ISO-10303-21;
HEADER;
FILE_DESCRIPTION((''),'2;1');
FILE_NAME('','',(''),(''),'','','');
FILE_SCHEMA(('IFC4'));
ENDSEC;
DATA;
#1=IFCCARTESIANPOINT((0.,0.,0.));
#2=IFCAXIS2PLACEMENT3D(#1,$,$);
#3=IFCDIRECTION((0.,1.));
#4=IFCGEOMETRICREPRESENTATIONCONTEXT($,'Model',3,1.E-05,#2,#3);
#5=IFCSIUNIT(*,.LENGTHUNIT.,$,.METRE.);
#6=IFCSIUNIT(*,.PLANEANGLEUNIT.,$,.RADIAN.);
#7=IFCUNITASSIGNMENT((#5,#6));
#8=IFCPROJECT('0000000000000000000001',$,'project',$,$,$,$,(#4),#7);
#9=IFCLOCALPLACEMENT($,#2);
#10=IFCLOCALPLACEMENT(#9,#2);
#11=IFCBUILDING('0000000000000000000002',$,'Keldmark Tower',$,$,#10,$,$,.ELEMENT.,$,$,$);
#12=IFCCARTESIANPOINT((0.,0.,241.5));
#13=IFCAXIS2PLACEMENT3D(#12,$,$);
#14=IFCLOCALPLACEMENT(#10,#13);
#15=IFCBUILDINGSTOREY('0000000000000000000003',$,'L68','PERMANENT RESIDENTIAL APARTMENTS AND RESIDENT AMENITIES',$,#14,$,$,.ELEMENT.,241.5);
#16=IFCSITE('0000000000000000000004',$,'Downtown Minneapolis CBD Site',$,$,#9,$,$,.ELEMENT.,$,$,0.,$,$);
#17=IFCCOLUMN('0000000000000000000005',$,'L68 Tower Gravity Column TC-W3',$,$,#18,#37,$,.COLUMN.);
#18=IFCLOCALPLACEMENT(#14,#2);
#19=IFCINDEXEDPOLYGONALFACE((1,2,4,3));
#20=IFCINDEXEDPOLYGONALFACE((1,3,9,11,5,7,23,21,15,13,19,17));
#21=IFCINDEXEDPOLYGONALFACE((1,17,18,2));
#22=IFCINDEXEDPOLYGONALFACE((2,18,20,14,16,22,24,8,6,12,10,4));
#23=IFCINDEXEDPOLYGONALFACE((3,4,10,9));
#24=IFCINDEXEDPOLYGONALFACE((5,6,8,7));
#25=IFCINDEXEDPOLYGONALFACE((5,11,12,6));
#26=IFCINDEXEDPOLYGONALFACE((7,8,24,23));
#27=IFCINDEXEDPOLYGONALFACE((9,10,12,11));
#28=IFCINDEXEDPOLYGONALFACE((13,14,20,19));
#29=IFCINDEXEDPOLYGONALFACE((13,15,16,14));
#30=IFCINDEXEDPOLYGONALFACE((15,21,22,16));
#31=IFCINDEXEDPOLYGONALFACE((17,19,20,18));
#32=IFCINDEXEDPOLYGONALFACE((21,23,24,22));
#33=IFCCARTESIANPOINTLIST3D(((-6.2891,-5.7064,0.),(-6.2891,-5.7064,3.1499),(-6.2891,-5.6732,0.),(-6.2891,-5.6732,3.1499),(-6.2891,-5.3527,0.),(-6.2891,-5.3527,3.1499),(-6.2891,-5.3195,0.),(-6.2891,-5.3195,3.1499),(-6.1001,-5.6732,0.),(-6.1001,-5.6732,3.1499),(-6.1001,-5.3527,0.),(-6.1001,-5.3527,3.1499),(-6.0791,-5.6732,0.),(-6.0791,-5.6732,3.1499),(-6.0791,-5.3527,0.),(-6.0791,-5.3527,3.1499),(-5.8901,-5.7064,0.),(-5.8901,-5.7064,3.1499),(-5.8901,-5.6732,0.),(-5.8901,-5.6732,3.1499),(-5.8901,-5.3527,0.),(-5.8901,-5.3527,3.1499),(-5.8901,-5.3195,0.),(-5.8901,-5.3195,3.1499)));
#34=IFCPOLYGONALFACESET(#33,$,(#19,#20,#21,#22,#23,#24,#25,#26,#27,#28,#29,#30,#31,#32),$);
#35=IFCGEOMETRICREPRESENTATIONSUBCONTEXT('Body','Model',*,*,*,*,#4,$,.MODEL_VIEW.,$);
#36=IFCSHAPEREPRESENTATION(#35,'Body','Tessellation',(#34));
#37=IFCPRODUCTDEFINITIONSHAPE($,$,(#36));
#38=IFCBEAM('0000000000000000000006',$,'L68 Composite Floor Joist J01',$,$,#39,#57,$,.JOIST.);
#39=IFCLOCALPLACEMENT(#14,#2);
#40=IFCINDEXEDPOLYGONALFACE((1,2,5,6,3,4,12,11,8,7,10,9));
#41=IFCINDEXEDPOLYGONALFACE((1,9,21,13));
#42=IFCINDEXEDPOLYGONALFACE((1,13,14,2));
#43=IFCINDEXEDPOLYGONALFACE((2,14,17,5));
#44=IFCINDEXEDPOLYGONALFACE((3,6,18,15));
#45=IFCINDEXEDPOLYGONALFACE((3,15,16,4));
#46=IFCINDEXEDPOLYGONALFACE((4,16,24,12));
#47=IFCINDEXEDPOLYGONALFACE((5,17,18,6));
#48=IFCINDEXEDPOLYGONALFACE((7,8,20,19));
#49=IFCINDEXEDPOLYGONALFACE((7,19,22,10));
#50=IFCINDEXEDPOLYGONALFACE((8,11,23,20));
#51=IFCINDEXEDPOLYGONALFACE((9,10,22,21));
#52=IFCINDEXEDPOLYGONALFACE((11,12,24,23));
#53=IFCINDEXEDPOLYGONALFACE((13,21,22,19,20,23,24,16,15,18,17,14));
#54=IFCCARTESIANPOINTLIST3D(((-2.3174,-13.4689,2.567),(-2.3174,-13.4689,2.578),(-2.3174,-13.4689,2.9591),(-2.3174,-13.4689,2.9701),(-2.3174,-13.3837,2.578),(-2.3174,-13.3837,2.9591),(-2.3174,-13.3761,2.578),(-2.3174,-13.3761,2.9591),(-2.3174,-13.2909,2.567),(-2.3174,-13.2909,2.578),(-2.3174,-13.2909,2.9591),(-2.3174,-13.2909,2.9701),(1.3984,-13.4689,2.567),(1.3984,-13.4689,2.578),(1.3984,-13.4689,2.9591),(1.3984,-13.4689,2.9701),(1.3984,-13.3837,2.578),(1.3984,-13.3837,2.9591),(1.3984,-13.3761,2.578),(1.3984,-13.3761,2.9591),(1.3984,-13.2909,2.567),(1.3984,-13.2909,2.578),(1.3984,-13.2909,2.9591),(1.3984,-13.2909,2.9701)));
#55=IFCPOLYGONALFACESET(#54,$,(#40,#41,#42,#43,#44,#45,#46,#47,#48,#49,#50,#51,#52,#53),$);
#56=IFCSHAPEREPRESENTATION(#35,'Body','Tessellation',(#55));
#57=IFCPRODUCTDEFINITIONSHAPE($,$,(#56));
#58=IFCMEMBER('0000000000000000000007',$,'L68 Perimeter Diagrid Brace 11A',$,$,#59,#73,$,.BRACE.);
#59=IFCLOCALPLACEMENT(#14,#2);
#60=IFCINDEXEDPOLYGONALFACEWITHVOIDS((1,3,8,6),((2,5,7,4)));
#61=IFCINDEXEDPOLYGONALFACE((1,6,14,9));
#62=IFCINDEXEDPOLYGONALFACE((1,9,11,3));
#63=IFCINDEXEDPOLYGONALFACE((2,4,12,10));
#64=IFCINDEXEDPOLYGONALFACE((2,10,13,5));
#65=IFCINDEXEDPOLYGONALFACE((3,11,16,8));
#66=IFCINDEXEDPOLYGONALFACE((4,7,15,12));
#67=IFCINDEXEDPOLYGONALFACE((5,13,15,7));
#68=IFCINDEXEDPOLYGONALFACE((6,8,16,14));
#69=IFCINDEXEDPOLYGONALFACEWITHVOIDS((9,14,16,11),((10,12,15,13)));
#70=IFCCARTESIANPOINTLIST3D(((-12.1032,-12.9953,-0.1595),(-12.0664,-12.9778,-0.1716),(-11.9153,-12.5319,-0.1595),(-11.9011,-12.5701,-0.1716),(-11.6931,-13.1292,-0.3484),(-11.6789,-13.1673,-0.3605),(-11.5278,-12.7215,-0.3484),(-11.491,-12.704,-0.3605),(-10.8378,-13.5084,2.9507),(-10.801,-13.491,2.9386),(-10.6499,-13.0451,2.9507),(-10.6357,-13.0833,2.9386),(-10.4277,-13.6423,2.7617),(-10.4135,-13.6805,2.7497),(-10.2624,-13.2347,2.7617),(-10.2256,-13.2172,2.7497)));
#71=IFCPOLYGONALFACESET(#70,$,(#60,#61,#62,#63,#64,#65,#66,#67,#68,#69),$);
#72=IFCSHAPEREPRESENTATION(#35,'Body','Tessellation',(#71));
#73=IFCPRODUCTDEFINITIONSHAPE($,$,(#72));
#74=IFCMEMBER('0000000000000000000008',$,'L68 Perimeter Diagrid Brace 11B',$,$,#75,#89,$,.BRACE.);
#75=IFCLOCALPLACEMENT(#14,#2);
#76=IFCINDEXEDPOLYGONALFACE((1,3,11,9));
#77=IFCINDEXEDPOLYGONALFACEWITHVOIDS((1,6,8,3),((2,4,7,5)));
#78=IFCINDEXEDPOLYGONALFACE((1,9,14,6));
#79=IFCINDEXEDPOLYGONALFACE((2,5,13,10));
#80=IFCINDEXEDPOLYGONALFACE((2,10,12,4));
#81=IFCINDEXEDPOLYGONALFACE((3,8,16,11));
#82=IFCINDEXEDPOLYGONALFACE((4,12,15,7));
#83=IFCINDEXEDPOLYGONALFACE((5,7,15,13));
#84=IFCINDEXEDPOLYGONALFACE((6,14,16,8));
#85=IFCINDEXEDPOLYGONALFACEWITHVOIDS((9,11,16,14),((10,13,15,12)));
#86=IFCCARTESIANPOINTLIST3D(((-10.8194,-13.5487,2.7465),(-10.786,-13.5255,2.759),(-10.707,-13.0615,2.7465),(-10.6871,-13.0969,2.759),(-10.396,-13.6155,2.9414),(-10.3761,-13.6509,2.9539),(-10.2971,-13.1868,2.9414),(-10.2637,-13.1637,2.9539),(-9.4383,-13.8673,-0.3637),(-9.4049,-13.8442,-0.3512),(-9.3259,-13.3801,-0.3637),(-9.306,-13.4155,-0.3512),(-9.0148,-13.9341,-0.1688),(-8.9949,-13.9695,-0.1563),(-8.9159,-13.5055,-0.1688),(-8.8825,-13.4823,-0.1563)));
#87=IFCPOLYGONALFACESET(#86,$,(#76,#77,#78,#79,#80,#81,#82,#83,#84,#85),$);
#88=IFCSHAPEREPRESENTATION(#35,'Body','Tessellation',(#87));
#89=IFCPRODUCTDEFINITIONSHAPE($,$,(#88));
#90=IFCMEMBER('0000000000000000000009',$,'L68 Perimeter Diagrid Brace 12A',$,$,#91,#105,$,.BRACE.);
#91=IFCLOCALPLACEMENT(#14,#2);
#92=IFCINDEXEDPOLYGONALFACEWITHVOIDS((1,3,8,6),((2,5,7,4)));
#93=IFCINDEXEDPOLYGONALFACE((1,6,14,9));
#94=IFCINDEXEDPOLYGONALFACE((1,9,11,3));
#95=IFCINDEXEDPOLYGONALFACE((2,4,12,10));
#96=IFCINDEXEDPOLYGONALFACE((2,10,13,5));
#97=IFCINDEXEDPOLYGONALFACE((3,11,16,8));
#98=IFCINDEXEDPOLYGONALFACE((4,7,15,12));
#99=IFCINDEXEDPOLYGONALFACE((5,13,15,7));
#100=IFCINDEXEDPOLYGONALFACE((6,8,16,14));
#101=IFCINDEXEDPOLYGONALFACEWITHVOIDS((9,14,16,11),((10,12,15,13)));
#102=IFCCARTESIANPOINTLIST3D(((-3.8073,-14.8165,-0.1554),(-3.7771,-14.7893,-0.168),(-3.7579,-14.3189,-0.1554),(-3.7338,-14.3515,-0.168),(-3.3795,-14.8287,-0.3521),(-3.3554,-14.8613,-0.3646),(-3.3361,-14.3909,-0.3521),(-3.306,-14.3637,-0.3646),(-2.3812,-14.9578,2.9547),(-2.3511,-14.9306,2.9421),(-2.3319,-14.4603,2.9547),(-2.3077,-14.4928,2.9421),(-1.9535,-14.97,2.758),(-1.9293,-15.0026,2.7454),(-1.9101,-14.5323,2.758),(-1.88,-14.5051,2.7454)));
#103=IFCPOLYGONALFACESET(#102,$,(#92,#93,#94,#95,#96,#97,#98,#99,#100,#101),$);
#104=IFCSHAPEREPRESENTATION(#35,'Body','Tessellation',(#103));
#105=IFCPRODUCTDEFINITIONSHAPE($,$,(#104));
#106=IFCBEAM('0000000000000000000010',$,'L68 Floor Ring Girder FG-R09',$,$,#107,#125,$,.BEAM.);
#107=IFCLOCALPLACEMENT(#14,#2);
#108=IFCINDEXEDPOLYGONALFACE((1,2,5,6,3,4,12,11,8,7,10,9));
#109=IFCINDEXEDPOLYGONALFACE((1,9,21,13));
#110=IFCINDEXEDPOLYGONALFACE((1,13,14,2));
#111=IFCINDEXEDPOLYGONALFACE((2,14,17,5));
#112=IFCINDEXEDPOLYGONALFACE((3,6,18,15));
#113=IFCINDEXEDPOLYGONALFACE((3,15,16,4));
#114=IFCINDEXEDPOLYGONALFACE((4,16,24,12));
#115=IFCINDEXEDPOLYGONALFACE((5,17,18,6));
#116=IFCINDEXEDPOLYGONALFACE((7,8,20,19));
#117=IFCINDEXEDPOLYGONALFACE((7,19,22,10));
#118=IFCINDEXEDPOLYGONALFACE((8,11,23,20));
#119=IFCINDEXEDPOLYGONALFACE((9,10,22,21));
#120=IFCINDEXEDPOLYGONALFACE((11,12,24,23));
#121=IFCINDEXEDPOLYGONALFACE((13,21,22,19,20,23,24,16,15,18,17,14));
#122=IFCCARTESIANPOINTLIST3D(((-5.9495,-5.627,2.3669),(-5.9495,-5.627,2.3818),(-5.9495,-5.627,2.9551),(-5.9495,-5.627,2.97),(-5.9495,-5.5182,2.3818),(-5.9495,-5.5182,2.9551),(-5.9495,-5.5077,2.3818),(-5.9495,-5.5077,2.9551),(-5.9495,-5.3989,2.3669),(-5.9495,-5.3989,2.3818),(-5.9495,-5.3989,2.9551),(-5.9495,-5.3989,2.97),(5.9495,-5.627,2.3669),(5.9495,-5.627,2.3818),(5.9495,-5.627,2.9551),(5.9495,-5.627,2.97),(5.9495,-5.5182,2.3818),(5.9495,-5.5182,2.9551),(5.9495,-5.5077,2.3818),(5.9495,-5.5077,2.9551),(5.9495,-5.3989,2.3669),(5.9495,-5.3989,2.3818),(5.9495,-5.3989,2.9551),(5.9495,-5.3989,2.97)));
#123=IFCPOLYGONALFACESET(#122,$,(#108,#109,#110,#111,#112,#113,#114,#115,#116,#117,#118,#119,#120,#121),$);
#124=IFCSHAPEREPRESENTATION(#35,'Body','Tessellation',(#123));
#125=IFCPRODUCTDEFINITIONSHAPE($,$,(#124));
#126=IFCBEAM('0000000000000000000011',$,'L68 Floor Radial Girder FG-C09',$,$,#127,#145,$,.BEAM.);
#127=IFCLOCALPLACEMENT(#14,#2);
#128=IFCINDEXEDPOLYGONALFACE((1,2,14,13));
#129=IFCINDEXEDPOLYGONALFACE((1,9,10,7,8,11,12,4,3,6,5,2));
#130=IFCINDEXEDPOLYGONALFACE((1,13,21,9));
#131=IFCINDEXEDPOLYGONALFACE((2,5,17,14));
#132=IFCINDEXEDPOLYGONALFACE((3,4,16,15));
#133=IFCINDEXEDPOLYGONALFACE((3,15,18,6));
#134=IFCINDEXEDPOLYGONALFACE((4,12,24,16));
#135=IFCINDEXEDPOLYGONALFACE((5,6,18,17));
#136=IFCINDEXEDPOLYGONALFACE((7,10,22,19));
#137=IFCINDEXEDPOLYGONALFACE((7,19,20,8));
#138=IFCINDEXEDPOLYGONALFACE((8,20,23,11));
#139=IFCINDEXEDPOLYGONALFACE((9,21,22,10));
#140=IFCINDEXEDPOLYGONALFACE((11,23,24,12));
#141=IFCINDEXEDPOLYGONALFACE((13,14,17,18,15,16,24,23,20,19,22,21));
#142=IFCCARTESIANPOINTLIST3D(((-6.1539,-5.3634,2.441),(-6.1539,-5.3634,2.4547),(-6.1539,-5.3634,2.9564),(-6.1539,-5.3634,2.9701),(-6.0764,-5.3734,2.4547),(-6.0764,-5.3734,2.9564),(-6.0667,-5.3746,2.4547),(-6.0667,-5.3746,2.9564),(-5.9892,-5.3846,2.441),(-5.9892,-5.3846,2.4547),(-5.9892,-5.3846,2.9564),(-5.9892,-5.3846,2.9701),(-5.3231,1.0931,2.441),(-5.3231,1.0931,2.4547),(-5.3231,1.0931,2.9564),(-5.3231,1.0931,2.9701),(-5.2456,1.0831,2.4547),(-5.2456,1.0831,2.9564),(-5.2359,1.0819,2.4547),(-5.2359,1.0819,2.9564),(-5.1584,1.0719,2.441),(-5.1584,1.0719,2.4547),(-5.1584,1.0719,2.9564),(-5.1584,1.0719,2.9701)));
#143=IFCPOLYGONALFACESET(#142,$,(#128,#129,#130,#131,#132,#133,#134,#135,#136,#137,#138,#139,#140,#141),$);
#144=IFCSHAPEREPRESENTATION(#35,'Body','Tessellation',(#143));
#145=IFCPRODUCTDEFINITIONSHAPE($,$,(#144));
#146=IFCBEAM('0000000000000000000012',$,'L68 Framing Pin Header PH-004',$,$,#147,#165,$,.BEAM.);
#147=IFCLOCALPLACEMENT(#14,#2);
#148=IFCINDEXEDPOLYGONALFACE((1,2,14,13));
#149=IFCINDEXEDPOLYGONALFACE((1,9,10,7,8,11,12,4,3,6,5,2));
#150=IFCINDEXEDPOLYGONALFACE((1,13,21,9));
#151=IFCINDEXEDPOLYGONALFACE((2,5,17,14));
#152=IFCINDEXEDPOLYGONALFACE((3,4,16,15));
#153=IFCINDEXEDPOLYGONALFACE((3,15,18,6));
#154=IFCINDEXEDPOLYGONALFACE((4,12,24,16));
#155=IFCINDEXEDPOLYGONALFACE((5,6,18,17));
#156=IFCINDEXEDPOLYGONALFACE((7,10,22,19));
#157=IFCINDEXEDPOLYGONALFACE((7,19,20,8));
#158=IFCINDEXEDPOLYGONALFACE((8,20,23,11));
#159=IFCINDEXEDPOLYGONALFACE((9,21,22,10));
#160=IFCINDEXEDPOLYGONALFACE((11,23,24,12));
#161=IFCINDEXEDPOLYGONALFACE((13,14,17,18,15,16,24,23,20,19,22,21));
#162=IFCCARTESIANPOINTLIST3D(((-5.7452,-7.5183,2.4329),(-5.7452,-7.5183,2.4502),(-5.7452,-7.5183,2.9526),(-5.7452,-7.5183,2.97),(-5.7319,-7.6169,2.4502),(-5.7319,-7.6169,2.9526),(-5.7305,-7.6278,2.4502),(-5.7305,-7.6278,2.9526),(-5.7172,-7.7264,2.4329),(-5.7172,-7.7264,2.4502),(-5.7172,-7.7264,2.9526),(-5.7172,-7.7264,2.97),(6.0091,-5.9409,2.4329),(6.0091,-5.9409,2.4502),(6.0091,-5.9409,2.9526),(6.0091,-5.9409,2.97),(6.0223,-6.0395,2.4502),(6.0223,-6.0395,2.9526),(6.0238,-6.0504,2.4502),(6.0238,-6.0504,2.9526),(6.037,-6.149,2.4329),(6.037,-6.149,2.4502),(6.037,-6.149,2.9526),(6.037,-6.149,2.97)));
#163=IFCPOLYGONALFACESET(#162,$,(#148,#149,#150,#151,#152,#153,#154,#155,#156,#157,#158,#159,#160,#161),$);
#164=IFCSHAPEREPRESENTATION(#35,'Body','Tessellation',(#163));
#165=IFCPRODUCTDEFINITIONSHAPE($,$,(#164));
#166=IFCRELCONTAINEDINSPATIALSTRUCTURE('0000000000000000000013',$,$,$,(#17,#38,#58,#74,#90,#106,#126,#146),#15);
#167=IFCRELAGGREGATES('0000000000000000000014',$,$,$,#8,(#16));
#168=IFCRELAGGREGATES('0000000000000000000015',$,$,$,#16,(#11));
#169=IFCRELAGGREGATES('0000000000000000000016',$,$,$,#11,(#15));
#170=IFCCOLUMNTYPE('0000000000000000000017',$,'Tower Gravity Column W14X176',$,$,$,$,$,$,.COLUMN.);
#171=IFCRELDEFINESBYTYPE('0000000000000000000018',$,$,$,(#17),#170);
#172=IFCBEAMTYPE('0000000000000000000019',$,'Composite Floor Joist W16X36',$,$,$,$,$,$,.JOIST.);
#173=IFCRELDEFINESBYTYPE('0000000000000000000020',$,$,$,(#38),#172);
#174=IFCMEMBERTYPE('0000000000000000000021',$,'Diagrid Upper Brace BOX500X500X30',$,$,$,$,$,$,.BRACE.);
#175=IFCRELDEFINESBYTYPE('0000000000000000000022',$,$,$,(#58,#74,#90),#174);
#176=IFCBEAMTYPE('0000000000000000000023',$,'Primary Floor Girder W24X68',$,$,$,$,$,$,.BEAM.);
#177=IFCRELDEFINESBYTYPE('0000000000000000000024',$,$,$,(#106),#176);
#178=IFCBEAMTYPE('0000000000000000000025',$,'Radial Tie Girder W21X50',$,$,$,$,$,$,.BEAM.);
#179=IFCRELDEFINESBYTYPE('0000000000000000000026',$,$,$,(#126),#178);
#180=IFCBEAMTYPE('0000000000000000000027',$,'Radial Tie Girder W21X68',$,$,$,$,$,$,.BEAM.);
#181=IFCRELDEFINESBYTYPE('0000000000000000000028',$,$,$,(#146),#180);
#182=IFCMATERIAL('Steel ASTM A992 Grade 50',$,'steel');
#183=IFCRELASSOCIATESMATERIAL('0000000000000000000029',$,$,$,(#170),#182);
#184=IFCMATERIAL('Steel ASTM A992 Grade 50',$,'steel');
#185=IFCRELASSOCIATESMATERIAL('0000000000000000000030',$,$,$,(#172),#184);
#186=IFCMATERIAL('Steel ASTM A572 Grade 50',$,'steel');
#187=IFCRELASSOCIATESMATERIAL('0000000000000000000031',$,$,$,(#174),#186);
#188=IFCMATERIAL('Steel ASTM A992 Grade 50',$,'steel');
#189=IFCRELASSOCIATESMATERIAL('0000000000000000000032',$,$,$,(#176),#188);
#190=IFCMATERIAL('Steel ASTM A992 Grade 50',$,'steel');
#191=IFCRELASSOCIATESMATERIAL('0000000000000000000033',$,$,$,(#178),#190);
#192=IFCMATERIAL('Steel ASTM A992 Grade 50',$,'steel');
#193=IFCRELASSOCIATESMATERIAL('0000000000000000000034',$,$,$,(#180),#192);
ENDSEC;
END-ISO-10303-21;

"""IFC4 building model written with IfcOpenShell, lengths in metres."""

from ifc_helpers import new_model, si_unit, direction, frame, origin, origin_2d, place, context, subcontext, project, spatial, hollow_rectangle, i_section, extrude, material, material_profile, profile_set, type_object, element, save


model = new_model("IFC4")

# Units and contexts
model_context = context("Model", 3, precision=1e-05, world=origin(), true_north=direction((0.0, 1.0)))
body_context = subcontext(model_context, "Body", "Model", "MODEL_VIEW")
ifc_project = project(units=[si_unit("LENGTHUNIT", "METRE"), si_unit("PLANEANGLEUNIT", "RADIAN")], contexts=[model_context])

# Site, building, storey
site_placement = place(None, origin())
site = spatial("IfcSite", under=ifc_project, at=site_placement, Name="Downtown Minneapolis CBD Site", CompositionType="ELEMENT", RefElevation=0.0)
building_placement = place(site_placement, origin())
building = spatial("IfcBuilding", under=site, at=building_placement, Name="Keldmark Tower", CompositionType="ELEMENT")
storey_placement = place(building_placement, frame((0.0, 0.0, 241.5)))
storey = spatial("IfcBuildingStorey", under=building, at=storey_placement, Name="L68", Description="PERMANENT RESIDENTIAL APARTMENTS AND RESIDENT AMENITIES", CompositionType="ELEMENT", Elevation=241.5)

# Column
ifc_material_1 = material(Name="Steel ASTM A992 Grade 50", Category="steel")
ifc_material_profile_1 = material_profile(ifc_material_1, i_section(OverallWidth=0.3989, OverallDepth=0.387, WebThickness=0.021, FlangeThickness=0.0332, at=origin_2d()), Name="W14X176")
ifc_profile_set_1 = profile_set([ifc_material_profile_1], Name="Steel ASTM A992 Grade 50")
column_type = type_object("IfcColumnType", Name="Tower Gravity Column W14X176", PredefinedType="COLUMN", material=ifc_profile_set_1)
column_placement = place(storey_placement, frame((-6.0896, -5.5129, 0.0), z_axis=(0.0, 0.0, 1.0), x_axis=(1.0, 0.0, 0.0)))
element("IfcColumn", 1, at=column_placement, inside=storey, type_object=column_type, Name="L68 Tower Gravity Column TC-W3", PredefinedType="COLUMN", context=body_context, shape_type="SweptSolid", body=[
    extrude(i_section(OverallWidth=0.3989, OverallDepth=0.387, WebThickness=0.021, FlangeThickness=0.0332, at=origin_2d()), origin(), (0.0, 0.0, 1.0), 3.1499),
])

# Beam
ifc_material_2 = material(Name="Steel ASTM A992 Grade 50", Category="steel")
ifc_material_profile_2 = material_profile(ifc_material_2, i_section(OverallWidth=0.178, OverallDepth=0.4031, WebThickness=0.0076, FlangeThickness=0.011, at=origin_2d()), Name="W16X36")
ifc_profile_set_2 = profile_set([ifc_material_profile_2], Name="Steel ASTM A992 Grade 50")
beam_type_1 = type_object("IfcBeamType", Name="Composite Floor Joist W16X36", PredefinedType="JOIST", material=ifc_profile_set_2)
beam_1_placement = place(storey_placement, frame((-2.3174, -13.3799, 2.7686), z_axis=(1.0, 0.0, 0.0), x_axis=(0.0, 1.0, 0.0)))
element("IfcBeam", 2, at=beam_1_placement, inside=storey, type_object=beam_type_1, Name="L68 Composite Floor Joist J01", PredefinedType="JOIST", context=body_context, shape_type="SweptSolid", body=[
    extrude(i_section(OverallWidth=0.178, OverallDepth=0.4031, WebThickness=0.0076, FlangeThickness=0.011, at=origin_2d()), origin(), (0.0, 0.0, 1.0), 3.7158),
])

# Members
ifc_material_3 = material(Name="Steel ASTM A572 Grade 50", Category="steel")
ifc_material_profile_3 = material_profile(ifc_material_3, hollow_rectangle(XDim=0.5, YDim=0.5, WallThickness=0.03, at=origin_2d()), Name="BOX500X500X30")
ifc_profile_set_3 = profile_set([ifc_material_profile_3], Name="Steel ASTM A572 Grade 50")
member_type = type_object("IfcMemberType", Name="Diagrid Upper Brace BOX500X500X30", PredefinedType="BRACE", material=ifc_profile_set_3)
member_1_placement = place(storey_placement, frame((-11.7971, -12.8496, -0.26), z_axis=(0.372537, -0.151085, 0.915636), x_axis=(0.375825, 0.92669, 0.0)))
element("IfcMember", 3, at=member_1_placement, inside=storey, type_object=member_type, Name="L68 Perimeter Diagrid Brace 11A", PredefinedType="BRACE", context=body_context, shape_type="SweptSolid", body=[
    extrude(hollow_rectangle(XDim=0.5, YDim=0.5, WallThickness=0.03, at=origin_2d()), origin(), (0.0, 0.0, 1.0), 3.3967),
])
member_2_placement = place(storey_placement, frame((-9.1604, -13.6748, -0.26), z_axis=(-0.404085, 0.093217, 0.909959), x_axis=(-0.224784, -0.974409, 0.0)))
element("IfcMember", 4, at=member_2_placement, inside=storey, type_object=member_type, Name="L68 Perimeter Diagrid Brace 11B", PredefinedType="BRACE", context=body_context, shape_type="SweptSolid", body=[
    extrude(hollow_rectangle(XDim=0.5, YDim=0.5, WallThickness=0.03, at=origin_2d()), origin(), (0.0, 0.0, 1.0), 3.418),
])
member_3_placement = place(storey_placement, frame((-3.5566, -14.5901, -0.26), z_axis=(0.416435, -0.04128, 0.908228), x_axis=(0.098643, 0.995123, 0.0)))
element("IfcMember", 5, at=member_3_placement, inside=storey, type_object=member_type, Name="L68 Perimeter Diagrid Brace 12A", PredefinedType="BRACE", context=body_context, shape_type="SweptSolid", body=[
    extrude(hollow_rectangle(XDim=0.5, YDim=0.5, WallThickness=0.03, at=origin_2d()), origin(), (0.0, 0.0, 1.0), 3.4243),
])

# Beams
ifc_material_4 = material(Name="Steel ASTM A992 Grade 50", Category="steel")
ifc_material_profile_4 = material_profile(ifc_material_4, i_section(OverallWidth=0.228, OverallDepth=0.603, WebThickness=0.0105, FlangeThickness=0.0149, at=origin_2d()), Name="W24X68")
ifc_profile_set_4 = profile_set([ifc_material_profile_4], Name="Steel ASTM A992 Grade 50")
beam_type_2 = type_object("IfcBeamType", Name="Primary Floor Girder W24X68", PredefinedType="BEAM", material=ifc_profile_set_4)
beam_2_placement = place(storey_placement, frame((-5.9495, -5.5129, 2.6685), z_axis=(1.0, 0.0, 0.0), x_axis=(0.0, 1.0, 0.0)))
element("IfcBeam", 6, at=beam_2_placement, inside=storey, type_object=beam_type_2, Name="L68 Floor Ring Girder FG-R09", PredefinedType="BEAM", context=body_context, shape_type="SweptSolid", body=[
    extrude(i_section(OverallWidth=0.228, OverallDepth=0.603, WebThickness=0.0105, FlangeThickness=0.0149, at=origin_2d()), origin(), (0.0, 0.0, 1.0), 11.8989),
])
ifc_material_5 = material(Name="Steel ASTM A992 Grade 50", Category="steel")
ifc_material_profile_5 = material_profile(ifc_material_5, i_section(OverallWidth=0.166, OverallDepth=0.5291, WebThickness=0.0098, FlangeThickness=0.0137, at=origin_2d()), Name="W21X50")
ifc_profile_set_5 = profile_set([ifc_material_profile_5], Name="Steel ASTM A992 Grade 50")
beam_type_3 = type_object("IfcBeamType", Name="Radial Tie Girder W21X50", PredefinedType="BEAM", material=ifc_profile_set_5)
beam_3_placement = place(storey_placement, frame((-6.0715, -5.374, 2.7056), z_axis=(0.127625, 0.991822, 0.0), x_axis=(-0.991822, 0.127625, 0.0)))
element("IfcBeam", 7, at=beam_3_placement, inside=storey, type_object=beam_type_3, Name="L68 Floor Radial Girder FG-C09", PredefinedType="BEAM", context=body_context, shape_type="SweptSolid", body=[
    extrude(i_section(OverallWidth=0.166, OverallDepth=0.5291, WebThickness=0.0098, FlangeThickness=0.0137, at=origin_2d()), origin(), (0.0, 0.0, 1.0), 6.5098),
])
ifc_material_6 = material(Name="Steel ASTM A992 Grade 50", Category="steel")
ifc_material_profile_6 = material_profile(ifc_material_6, i_section(OverallWidth=0.21, OverallDepth=0.5371, WebThickness=0.011, FlangeThickness=0.0173, at=origin_2d()), Name="W21X68")
ifc_profile_set_6 = profile_set([ifc_material_profile_6], Name="Steel ASTM A992 Grade 50")
beam_type_4 = type_object("IfcBeamType", Name="Radial Tie Girder W21X68", PredefinedType="BEAM", material=ifc_profile_set_6)
beam_4_placement = place(storey_placement, frame((-5.7312, -7.6223, 2.7014), z_axis=(0.991115, 0.133006, 0.0), x_axis=(-0.133006, 0.991115, 0.0)))
element("IfcBeam", 8, at=beam_4_placement, inside=storey, type_object=beam_type_4, Name="L68 Framing Pin Header PH-004", PredefinedType="BEAM", context=body_context, shape_type="SweptSolid", body=[
    extrude(i_section(OverallWidth=0.21, OverallDepth=0.5371, WebThickness=0.011, FlangeThickness=0.0173, at=origin_2d()), origin(), (0.0, 0.0, 1.0), 11.8596),
])

save(model, "model.ifc")
